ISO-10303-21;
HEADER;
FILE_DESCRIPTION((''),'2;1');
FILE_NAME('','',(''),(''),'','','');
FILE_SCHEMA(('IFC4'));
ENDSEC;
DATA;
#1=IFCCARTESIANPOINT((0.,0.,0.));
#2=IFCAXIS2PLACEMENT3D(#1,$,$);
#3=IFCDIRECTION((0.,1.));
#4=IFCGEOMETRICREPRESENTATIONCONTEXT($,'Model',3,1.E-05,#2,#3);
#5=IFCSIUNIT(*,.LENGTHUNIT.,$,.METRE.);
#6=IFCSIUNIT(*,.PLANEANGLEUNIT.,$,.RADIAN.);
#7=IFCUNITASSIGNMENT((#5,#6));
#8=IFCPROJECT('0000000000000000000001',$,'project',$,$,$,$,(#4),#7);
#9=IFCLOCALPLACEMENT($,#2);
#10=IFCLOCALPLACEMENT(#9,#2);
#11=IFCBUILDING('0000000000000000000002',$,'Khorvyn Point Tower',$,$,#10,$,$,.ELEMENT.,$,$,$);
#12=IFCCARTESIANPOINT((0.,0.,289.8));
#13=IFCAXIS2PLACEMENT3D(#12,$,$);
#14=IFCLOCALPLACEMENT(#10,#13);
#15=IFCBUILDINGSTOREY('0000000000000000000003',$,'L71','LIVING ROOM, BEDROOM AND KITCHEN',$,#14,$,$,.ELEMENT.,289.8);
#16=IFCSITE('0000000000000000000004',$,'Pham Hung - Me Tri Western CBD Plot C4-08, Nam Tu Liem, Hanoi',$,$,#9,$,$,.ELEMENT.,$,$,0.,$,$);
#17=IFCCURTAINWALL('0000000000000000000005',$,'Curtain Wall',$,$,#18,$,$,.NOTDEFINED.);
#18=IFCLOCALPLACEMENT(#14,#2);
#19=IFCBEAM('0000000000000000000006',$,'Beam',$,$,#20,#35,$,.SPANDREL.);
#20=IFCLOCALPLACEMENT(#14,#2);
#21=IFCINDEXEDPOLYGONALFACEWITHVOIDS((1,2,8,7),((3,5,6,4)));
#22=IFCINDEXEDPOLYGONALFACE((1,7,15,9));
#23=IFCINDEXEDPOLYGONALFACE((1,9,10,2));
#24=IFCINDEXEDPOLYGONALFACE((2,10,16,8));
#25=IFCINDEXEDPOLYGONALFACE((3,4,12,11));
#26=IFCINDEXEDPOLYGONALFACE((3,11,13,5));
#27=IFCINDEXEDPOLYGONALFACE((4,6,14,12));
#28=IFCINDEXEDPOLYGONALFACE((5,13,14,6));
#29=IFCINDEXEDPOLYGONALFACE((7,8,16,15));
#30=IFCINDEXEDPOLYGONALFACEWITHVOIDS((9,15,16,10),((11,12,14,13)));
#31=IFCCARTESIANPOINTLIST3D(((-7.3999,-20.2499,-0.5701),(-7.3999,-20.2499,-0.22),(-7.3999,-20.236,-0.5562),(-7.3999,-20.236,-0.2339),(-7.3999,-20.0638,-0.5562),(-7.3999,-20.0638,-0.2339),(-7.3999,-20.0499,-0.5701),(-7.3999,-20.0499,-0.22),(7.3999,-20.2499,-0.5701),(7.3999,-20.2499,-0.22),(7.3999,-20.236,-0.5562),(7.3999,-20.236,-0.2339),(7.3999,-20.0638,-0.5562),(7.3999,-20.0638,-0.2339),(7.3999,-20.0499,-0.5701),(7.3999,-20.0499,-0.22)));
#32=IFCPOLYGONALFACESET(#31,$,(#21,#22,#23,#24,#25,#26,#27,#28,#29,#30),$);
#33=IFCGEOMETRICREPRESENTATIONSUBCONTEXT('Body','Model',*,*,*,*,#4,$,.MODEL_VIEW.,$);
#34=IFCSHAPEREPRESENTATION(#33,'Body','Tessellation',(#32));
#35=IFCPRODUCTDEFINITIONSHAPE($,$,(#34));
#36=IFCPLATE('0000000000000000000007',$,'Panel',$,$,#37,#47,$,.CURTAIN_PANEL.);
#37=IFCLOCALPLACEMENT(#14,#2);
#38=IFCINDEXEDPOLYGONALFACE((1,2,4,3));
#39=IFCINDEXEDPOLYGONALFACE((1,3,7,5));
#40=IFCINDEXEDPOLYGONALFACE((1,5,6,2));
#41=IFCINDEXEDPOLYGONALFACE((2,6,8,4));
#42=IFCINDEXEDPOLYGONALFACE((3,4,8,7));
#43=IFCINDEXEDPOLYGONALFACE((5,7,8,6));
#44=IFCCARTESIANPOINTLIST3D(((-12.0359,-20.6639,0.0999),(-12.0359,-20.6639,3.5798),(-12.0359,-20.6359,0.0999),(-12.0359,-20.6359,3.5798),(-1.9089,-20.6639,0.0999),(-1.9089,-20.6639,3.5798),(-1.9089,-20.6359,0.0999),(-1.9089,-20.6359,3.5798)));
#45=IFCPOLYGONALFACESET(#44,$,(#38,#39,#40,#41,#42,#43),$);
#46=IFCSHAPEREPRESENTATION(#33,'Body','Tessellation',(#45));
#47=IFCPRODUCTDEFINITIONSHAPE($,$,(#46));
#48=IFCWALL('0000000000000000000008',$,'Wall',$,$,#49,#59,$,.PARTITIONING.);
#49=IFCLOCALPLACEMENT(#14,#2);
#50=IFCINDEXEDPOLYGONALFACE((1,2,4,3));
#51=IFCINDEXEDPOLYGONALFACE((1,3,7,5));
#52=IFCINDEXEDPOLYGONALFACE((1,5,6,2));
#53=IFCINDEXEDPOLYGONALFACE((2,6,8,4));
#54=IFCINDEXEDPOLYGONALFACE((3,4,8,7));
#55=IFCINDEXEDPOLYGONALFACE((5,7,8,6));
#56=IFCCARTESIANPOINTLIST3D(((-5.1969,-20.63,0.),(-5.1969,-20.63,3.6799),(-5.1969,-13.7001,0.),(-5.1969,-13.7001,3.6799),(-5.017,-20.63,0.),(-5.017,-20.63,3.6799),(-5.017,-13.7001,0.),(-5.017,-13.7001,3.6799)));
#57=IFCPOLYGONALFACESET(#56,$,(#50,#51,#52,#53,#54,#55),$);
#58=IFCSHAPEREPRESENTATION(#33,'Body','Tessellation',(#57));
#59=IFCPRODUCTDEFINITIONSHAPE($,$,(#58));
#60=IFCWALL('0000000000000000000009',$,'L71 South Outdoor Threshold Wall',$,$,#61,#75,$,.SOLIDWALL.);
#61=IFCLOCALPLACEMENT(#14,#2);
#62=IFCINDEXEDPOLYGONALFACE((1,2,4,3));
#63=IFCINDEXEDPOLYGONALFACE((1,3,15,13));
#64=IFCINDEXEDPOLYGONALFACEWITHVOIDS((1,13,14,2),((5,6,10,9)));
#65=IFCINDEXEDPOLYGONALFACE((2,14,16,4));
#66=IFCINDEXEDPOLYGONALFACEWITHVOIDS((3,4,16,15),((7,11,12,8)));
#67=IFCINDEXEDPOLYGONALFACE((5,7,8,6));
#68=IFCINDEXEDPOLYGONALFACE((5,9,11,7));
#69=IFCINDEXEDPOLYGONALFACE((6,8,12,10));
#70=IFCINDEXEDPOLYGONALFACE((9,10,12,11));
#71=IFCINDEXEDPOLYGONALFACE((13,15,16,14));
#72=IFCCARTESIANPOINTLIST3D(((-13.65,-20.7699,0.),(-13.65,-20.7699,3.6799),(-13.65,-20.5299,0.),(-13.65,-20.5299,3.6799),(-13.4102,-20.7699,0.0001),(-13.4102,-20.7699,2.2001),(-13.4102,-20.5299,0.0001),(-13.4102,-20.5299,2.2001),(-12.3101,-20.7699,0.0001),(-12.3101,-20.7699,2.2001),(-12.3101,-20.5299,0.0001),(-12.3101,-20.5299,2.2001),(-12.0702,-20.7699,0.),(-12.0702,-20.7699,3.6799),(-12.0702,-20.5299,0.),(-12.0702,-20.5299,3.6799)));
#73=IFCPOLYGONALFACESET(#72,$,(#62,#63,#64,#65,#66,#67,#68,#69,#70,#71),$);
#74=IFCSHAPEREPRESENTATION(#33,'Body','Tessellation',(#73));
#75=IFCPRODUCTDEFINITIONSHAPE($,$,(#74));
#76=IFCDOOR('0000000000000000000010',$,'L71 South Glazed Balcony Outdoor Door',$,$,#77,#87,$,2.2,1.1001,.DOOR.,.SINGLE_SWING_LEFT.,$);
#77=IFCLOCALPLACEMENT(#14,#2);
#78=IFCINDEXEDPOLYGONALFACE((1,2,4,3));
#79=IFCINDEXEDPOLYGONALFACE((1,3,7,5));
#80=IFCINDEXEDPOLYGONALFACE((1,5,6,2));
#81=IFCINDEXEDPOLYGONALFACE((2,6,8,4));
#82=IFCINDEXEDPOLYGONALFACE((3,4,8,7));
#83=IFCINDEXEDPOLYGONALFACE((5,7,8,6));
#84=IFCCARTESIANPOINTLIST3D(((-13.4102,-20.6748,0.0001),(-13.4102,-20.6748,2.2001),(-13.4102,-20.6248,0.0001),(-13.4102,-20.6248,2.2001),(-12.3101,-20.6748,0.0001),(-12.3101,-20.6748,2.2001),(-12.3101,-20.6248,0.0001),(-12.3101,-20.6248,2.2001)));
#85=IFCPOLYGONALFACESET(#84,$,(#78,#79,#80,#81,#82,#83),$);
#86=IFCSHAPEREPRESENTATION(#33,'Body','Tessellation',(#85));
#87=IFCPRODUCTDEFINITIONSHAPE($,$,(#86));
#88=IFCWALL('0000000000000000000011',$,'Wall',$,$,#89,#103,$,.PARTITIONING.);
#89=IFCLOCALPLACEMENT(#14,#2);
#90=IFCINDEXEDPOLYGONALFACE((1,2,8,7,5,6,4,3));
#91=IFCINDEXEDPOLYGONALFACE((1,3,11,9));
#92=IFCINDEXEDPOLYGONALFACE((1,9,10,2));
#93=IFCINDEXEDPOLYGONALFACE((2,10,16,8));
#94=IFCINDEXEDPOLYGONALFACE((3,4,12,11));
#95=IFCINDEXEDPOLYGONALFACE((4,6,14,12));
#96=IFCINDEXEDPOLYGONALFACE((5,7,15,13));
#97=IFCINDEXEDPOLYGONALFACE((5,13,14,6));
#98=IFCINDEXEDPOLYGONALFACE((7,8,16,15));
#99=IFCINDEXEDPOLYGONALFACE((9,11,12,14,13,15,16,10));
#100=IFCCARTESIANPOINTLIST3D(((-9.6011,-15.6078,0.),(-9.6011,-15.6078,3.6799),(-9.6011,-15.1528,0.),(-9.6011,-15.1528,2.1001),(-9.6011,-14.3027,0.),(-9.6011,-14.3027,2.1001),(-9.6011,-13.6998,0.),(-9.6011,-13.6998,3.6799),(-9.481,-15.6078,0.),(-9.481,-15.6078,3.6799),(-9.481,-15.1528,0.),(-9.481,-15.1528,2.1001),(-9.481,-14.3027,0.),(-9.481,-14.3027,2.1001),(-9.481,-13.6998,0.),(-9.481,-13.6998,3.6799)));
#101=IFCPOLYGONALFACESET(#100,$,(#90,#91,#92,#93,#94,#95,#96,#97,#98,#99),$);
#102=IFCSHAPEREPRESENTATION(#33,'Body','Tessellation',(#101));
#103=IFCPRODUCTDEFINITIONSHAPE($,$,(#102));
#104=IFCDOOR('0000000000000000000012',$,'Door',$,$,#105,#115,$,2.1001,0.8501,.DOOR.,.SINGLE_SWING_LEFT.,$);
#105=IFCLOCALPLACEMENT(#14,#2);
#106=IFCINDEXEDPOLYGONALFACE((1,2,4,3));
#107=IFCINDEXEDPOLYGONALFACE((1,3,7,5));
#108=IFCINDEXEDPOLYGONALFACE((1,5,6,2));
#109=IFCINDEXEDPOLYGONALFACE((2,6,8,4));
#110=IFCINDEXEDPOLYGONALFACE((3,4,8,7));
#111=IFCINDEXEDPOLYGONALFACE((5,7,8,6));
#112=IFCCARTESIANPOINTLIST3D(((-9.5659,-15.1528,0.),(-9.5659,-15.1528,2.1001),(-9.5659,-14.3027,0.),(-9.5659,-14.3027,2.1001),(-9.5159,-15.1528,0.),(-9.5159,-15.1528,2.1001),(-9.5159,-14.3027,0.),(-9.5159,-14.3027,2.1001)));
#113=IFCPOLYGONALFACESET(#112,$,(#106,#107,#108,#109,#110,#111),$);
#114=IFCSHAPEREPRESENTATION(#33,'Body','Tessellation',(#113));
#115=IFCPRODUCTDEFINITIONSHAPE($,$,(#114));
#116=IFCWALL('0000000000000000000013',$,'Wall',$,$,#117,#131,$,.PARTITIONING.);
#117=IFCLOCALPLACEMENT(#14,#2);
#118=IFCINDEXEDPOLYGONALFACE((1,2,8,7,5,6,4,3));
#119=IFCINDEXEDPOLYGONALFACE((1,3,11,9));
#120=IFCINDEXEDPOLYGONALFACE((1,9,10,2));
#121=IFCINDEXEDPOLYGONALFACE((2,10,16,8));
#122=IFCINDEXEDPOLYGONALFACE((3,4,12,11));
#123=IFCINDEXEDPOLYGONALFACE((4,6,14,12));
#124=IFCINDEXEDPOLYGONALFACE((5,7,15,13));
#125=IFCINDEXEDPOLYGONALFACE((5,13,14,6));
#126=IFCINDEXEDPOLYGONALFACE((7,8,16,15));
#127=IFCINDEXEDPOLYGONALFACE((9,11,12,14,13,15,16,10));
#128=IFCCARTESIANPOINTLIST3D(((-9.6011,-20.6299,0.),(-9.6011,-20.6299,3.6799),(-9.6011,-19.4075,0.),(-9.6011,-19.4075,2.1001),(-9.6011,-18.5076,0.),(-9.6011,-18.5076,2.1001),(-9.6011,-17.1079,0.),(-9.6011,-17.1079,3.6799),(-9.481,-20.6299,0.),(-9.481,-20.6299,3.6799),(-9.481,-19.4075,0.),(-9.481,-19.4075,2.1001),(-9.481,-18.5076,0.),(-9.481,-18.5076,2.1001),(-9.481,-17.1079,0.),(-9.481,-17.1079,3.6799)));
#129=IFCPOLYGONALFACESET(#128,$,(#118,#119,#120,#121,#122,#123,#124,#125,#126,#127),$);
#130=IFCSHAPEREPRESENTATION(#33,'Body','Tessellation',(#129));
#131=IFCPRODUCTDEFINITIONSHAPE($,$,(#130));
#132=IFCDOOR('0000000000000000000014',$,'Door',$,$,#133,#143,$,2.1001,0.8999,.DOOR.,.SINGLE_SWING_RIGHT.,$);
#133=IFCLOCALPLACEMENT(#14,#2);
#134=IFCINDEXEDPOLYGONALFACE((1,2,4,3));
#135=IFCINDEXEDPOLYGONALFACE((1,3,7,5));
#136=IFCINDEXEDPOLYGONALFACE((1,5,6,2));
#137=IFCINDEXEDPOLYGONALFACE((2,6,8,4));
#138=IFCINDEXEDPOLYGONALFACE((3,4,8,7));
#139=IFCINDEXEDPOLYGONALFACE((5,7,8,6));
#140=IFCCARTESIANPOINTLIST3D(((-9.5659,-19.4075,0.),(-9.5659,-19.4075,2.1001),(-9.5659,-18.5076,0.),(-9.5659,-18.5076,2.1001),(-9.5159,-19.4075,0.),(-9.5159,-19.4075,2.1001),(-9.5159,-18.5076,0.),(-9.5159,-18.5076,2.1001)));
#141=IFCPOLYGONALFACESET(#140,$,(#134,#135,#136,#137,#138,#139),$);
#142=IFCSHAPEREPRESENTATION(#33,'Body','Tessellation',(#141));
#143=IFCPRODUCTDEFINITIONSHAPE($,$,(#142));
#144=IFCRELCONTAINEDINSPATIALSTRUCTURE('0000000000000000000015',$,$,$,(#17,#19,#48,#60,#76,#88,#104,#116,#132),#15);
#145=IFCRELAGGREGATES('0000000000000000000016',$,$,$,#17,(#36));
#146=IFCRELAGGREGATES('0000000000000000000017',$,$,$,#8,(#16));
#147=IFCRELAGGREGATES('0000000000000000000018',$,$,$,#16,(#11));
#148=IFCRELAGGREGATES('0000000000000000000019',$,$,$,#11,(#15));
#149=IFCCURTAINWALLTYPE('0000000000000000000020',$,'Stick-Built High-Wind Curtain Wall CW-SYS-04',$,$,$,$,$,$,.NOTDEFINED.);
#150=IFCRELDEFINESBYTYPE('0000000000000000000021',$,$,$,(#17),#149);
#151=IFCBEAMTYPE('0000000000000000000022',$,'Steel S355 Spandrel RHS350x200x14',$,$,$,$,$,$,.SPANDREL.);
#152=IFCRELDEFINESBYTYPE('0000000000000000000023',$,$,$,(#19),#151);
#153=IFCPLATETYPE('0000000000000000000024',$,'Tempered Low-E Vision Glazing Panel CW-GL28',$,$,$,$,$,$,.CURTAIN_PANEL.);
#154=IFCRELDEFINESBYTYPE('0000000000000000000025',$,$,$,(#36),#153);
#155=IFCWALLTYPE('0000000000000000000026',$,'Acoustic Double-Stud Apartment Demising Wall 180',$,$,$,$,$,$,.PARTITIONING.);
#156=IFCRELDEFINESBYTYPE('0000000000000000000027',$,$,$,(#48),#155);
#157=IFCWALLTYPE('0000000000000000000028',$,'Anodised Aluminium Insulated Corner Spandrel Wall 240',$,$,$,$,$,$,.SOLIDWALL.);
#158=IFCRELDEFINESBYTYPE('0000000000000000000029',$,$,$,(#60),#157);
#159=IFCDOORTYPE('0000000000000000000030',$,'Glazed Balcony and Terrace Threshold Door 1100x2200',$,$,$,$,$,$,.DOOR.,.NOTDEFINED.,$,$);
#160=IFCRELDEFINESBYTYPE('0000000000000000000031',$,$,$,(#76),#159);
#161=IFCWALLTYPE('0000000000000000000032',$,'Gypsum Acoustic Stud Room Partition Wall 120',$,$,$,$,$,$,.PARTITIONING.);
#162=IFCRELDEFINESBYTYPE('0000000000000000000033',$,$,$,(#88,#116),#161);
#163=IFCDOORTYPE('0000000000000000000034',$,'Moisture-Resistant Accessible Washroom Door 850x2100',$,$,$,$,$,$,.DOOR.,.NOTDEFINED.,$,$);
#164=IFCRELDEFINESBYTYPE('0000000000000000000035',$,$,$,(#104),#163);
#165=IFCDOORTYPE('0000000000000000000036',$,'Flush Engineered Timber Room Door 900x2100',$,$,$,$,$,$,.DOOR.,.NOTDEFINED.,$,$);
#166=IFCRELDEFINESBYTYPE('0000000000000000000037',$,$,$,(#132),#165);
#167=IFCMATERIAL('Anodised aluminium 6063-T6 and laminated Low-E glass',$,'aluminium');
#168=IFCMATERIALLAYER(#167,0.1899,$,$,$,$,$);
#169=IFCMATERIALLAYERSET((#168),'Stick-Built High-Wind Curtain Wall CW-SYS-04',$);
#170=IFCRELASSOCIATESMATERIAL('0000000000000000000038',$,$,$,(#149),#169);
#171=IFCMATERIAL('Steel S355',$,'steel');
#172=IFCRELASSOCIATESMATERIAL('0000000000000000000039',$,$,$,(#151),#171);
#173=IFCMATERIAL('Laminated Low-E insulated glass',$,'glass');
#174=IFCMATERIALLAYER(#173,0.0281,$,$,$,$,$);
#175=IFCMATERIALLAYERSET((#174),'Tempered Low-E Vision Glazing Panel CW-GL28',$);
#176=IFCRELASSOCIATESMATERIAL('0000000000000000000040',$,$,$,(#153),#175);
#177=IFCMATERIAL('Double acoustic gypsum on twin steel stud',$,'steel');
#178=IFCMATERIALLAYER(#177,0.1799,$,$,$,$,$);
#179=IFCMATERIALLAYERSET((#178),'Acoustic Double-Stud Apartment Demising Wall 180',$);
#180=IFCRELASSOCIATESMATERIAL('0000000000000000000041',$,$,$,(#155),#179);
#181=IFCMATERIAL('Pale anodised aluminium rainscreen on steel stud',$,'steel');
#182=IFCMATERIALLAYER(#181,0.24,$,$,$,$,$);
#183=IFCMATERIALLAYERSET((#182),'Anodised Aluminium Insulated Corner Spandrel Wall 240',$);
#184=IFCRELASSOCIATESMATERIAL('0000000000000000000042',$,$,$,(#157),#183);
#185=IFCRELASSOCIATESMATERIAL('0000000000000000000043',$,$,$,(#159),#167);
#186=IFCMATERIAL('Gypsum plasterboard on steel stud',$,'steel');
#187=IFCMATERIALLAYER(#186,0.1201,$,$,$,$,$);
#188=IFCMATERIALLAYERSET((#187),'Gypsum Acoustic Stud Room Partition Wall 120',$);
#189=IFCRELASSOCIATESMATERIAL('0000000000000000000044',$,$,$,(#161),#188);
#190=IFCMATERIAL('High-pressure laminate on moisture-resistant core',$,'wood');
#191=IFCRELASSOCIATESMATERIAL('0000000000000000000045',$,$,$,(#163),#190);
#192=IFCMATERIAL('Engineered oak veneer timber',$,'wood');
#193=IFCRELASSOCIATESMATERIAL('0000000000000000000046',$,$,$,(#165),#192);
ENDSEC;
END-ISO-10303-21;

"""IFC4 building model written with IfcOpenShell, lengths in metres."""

from ifc_helpers import new_model, si_unit, direction, frame, frame_2d, origin, origin_2d, place, context, subcontext, project, spatial, rectangle, hollow_rectangle, extrude, material, layer, layer_set, material_profile, profile_set, type_object, element, fill, aggregate, save


model = new_model("IFC4")

# Units and contexts
model_context = context("Model", 3, precision=1e-05, world=origin(), true_north=direction((0.0, 1.0)))
body_context = subcontext(model_context, "Body", "Model", "MODEL_VIEW")
ifc_project = project(units=[si_unit("LENGTHUNIT", "METRE"), si_unit("PLANEANGLEUNIT", "RADIAN")], contexts=[model_context])

# Site, building, storey
site_placement = place(None, origin())
site = spatial("IfcSite", under=ifc_project, at=site_placement, Name="Pham Hung - Me Tri Western CBD Plot C4-08, Nam Tu Liem, Hanoi", CompositionType="ELEMENT", RefElevation=0.0)
building_placement = place(site_placement, origin())
building = spatial("IfcBuilding", under=site, at=building_placement, Name="Khorvyn Point Tower", CompositionType="ELEMENT")
storey_placement = place(building_placement, frame((0.0, 0.0, 289.8)))
storey = spatial("IfcBuildingStorey", under=building, at=storey_placement, Name="L71", Description="LIVING ROOM, BEDROOM AND KITCHEN", CompositionType="ELEMENT", Elevation=289.8)

# Shared definitions
ifc_material_1 = material(Name="Steel S355", Category="steel")

# Curtain wall
ifc_material_2 = material(Name="Anodised aluminium 6063-T6 and laminated Low-E glass", Category="aluminium")
ifc_layer_1 = layer(ifc_material_2, 0.1899)
ifc_layer_set_1 = layer_set([ifc_layer_1], Name="Stick-Built High-Wind Curtain Wall CW-SYS-04")
curtain_wall_type = type_object("IfcCurtainWallType", Name="Stick-Built High-Wind Curtain Wall CW-SYS-04", PredefinedType="NOTDEFINED", material=ifc_layer_set_1)
curtain_wall_1_placement = place(storey_placement, origin())
curtain_wall_1 = element("IfcCurtainWall", 1, at=curtain_wall_1_placement, inside=storey, type_object=curtain_wall_type, Name="Curtain Wall", PredefinedType="NOTDEFINED")

# Beam
ifc_material_profile_1 = material_profile(ifc_material_1, hollow_rectangle(XDim=0.2, YDim=0.3501, WallThickness=0.0139, at=origin_2d()))
ifc_profile_set_1 = profile_set([ifc_material_profile_1], Name="Steel S355 RHS350x200x14")
beam_type_1 = type_object("IfcBeamType", Name="Steel S355 Spandrel RHS350x200x14", PredefinedType="SPANDREL", material=ifc_profile_set_1)
beam_1_placement = place(storey_placement, frame((-7.3999, -20.1499, -0.395), z_axis=(1.0, 0.0, 0.0), x_axis=(0.0, 1.0, 0.0)))
element("IfcBeam", 2, at=beam_1_placement, inside=storey, type_object=beam_type_1, Name="Beam", PredefinedType="SPANDREL", context=body_context, shape_type="SweptSolid", body=[
    extrude(hollow_rectangle(XDim=0.2, YDim=0.3501, WallThickness=0.0139, at=origin_2d()), origin(), (0.0, 0.0, 1.0), 14.7998),
])

# Plate
ifc_material_3 = material(Name="Laminated Low-E insulated glass", Category="glass")
ifc_layer_2 = layer(ifc_material_3, 0.0281)
ifc_layer_set_2 = layer_set([ifc_layer_2], Name="Tempered Low-E Vision Glazing Panel CW-GL28")
plate_type = type_object("IfcPlateType", Name="Tempered Low-E Vision Glazing Panel CW-GL28", PredefinedType="CURTAIN_PANEL", material=ifc_layer_set_2)
plate_placement = place(storey_placement, frame((-6.9724, -20.6499, 0.0999), z_axis=(0.0, 0.0, 1.0), x_axis=(-1.0, 0.0, 0.0)))
plate = element("IfcPlate", 3, at=plate_placement, type_object=plate_type, Name="Panel", PredefinedType="CURTAIN_PANEL", context=body_context, shape_type="SweptSolid", body=[
    extrude(rectangle(XDim=10.127, YDim=0.0281, at=origin_2d()), origin(), (0.0, 0.0, 1.0), 3.48),
])
aggregate(curtain_wall_1, [plate])

# Wall
ifc_material_4 = material(Name="Double acoustic gypsum on twin steel stud", Category="steel")
ifc_layer_3 = layer(ifc_material_4, 0.1799)
ifc_layer_set_3 = layer_set([ifc_layer_3], Name="Acoustic Double-Stud Apartment Demising Wall 180")
wall_type_1 = type_object("IfcWallType", Name="Acoustic Double-Stud Apartment Demising Wall 180", PredefinedType="PARTITIONING", material=ifc_layer_set_3)
wall_1_placement = place(storey_placement, frame((-5.1069, -20.6299, 0.0), z_axis=(0.0, 0.0, 1.0), x_axis=(0.0, 1.0, 0.0)))
element("IfcWall", 4, at=wall_1_placement, inside=storey, type_object=wall_type_1, Name="Wall", PredefinedType="PARTITIONING", context=body_context, shape_type="SweptSolid", body=[
    extrude(rectangle(XDim=6.9299, YDim=0.1799, at=frame_2d((3.4648, 0.0))), origin(), (0.0, 0.0, 1.0), 3.6799),
])

# Walls, openings, doors
ifc_material_5 = material(Name="Pale anodised aluminium rainscreen on steel stud", Category="steel")
ifc_layer_4 = layer(ifc_material_5, 0.24)
ifc_layer_set_4 = layer_set([ifc_layer_4], Name="Anodised Aluminium Insulated Corner Spandrel Wall 240")
wall_type_2 = type_object("IfcWallType", Name="Anodised Aluminium Insulated Corner Spandrel Wall 240", PredefinedType="SOLIDWALL", material=ifc_layer_set_4)
wall_2_placement = place(storey_placement, frame((-12.0701, -20.6499, 0.0), z_axis=(0.0, 0.0, 1.0), x_axis=(-1.0, 0.0, 0.0)))
wall_2 = element("IfcWall", 5, at=wall_2_placement, inside=storey, type_object=wall_type_2, Name="L71 South Outdoor Threshold Wall", PredefinedType="SOLIDWALL", context=body_context, shape_type="SweptSolid", body=[
    extrude(rectangle(XDim=1.5798, YDim=0.24, at=frame_2d((0.79, 0.0))), origin(), (0.0, 0.0, 1.0), 3.6799),
])
opening_1_placement = place(wall_2_placement, frame((0.24, 0.0, 0.0)))
opening_1 = element("IfcOpeningElement", 6, at=opening_1_placement, cuts=wall_2, PredefinedType="OPENING", context=body_context, shape_type="SweptSolid", body=[
    extrude(rectangle(XDim=1.1001, YDim=2.2, at=frame_2d((0.55, 1.1001))), frame((0.0, 0.1299, 0.0), z_axis=(0.0, -1.0, 0.0), x_axis=(1.0, 0.0, 0.0)), (0.0, 0.0, 1.0), 0.26),
])
door_type_1 = type_object("IfcDoorType", Name="Glazed Balcony and Terrace Threshold Door 1100x2200", OperationType="NOTDEFINED", PredefinedType="DOOR", material=ifc_material_2)
door_1_placement = place(opening_1_placement, origin())
door_1 = element("IfcDoor", 7, at=door_1_placement, inside=storey, type_object=door_type_1, Name="L71 South Glazed Balcony Outdoor Door", OperationType="SINGLE_SWING_LEFT", OverallHeight=2.2, OverallWidth=1.1001, PredefinedType="DOOR", context=body_context, shape_type="SweptSolid", body=[
    extrude(rectangle(XDim=1.1001, YDim=2.2, at=frame_2d((0.55, 1.1001))), frame((0.0, 0.0249, 0.0), z_axis=(0.0, -1.0, 0.0), x_axis=(1.0, 0.0, 0.0)), (0.0, 0.0, 1.0), 0.05),
])
fill(opening_1, door_1)
ifc_material_6 = material(Name="Gypsum plasterboard on steel stud", Category="steel")
ifc_layer_5 = layer(ifc_material_6, 0.1201)
ifc_layer_set_5 = layer_set([ifc_layer_5], Name="Gypsum Acoustic Stud Room Partition Wall 120")
wall_type_3 = type_object("IfcWallType", Name="Gypsum Acoustic Stud Room Partition Wall 120", PredefinedType="PARTITIONING", material=ifc_layer_set_5)
wall_3_placement = place(storey_placement, frame((-9.541, -15.6079, 0.0), z_axis=(0.0, 0.0, 1.0), x_axis=(0.0, 1.0, 0.0)))
wall_3 = element("IfcWall", 8, at=wall_3_placement, inside=storey, type_object=wall_type_3, Name="Wall", PredefinedType="PARTITIONING", context=body_context, shape_type="SweptSolid", body=[
    extrude(rectangle(XDim=1.908, YDim=0.1201, at=frame_2d((0.9541, 0.0))), origin(), (0.0, 0.0, 1.0), 3.6799),
])
opening_2_placement = place(wall_3_placement, frame((0.4551, 0.0, 0.0)))
opening_2 = element("IfcOpeningElement", 9, at=opening_2_placement, cuts=wall_3, PredefinedType="OPENING", context=body_context, shape_type="SweptSolid", body=[
    extrude(rectangle(XDim=0.8501, YDim=2.1001, at=frame_2d((0.425, 1.05))), frame((0.0, 0.0701, 0.0), z_axis=(0.0, -1.0, 0.0), x_axis=(1.0, 0.0, 0.0)), (0.0, 0.0, 1.0), 0.1401),
])
ifc_material_7 = material(Name="High-pressure laminate on moisture-resistant core", Category="wood")
door_type_2 = type_object("IfcDoorType", Name="Moisture-Resistant Accessible Washroom Door 850x2100", OperationType="NOTDEFINED", PredefinedType="DOOR", material=ifc_material_7)
door_2_placement = place(opening_2_placement, origin())
door_2 = element("IfcDoor", 10, at=door_2_placement, inside=storey, type_object=door_type_2, Name="Door", OperationType="SINGLE_SWING_LEFT", OverallHeight=2.1001, OverallWidth=0.8501, PredefinedType="DOOR", context=body_context, shape_type="SweptSolid", body=[
    extrude(rectangle(XDim=0.8501, YDim=2.1001, at=frame_2d((0.425, 1.05))), frame((0.0, 0.0249, 0.0), z_axis=(0.0, -1.0, 0.0), x_axis=(1.0, 0.0, 0.0)), (0.0, 0.0, 1.0), 0.05),
])
fill(opening_2, door_2)
wall_4_placement = place(storey_placement, frame((-9.541, -20.6299, 0.0), z_axis=(0.0, 0.0, 1.0), x_axis=(0.0, 1.0, 0.0)))
wall_4 = element("IfcWall", 11, at=wall_4_placement, inside=storey, type_object=wall_type_3, Name="Wall", PredefinedType="PARTITIONING", context=body_context, shape_type="SweptSolid", body=[
    extrude(rectangle(XDim=3.522, YDim=0.1201, at=frame_2d((1.761, 0.0))), origin(), (0.0, 0.0, 1.0), 3.6799),
])
opening_3_placement = place(wall_4_placement, frame((1.2224, 0.0, 0.0)))
opening_3 = element("IfcOpeningElement", 12, at=opening_3_placement, cuts=wall_4, PredefinedType="OPENING", context=body_context, shape_type="SweptSolid", body=[
    extrude(rectangle(XDim=0.8999, YDim=2.1001, at=frame_2d((0.45, 1.05))), frame((0.0, 0.0701, 0.0), z_axis=(0.0, -1.0, 0.0), x_axis=(1.0, 0.0, 0.0)), (0.0, 0.0, 1.0), 0.1401),
])
ifc_material_8 = material(Name="Engineered oak veneer timber", Category="wood")
door_type_3 = type_object("IfcDoorType", Name="Flush Engineered Timber Room Door 900x2100", OperationType="NOTDEFINED", PredefinedType="DOOR", material=ifc_material_8)
door_3_placement = place(opening_3_placement, origin())
door_3 = element("IfcDoor", 13, at=door_3_placement, inside=storey, type_object=door_type_3, Name="Door", OperationType="SINGLE_SWING_RIGHT", OverallHeight=2.1001, OverallWidth=0.8999, PredefinedType="DOOR", context=body_context, shape_type="SweptSolid", body=[
    extrude(rectangle(XDim=0.8999, YDim=2.1001, at=frame_2d((0.45, 1.05))), frame((0.0, 0.0249, 0.0), z_axis=(0.0, -1.0, 0.0), x_axis=(1.0, 0.0, 0.0)), (0.0, 0.0, 1.0), 0.05),
])
fill(opening_3, door_3)

save(model, "model.ifc")
